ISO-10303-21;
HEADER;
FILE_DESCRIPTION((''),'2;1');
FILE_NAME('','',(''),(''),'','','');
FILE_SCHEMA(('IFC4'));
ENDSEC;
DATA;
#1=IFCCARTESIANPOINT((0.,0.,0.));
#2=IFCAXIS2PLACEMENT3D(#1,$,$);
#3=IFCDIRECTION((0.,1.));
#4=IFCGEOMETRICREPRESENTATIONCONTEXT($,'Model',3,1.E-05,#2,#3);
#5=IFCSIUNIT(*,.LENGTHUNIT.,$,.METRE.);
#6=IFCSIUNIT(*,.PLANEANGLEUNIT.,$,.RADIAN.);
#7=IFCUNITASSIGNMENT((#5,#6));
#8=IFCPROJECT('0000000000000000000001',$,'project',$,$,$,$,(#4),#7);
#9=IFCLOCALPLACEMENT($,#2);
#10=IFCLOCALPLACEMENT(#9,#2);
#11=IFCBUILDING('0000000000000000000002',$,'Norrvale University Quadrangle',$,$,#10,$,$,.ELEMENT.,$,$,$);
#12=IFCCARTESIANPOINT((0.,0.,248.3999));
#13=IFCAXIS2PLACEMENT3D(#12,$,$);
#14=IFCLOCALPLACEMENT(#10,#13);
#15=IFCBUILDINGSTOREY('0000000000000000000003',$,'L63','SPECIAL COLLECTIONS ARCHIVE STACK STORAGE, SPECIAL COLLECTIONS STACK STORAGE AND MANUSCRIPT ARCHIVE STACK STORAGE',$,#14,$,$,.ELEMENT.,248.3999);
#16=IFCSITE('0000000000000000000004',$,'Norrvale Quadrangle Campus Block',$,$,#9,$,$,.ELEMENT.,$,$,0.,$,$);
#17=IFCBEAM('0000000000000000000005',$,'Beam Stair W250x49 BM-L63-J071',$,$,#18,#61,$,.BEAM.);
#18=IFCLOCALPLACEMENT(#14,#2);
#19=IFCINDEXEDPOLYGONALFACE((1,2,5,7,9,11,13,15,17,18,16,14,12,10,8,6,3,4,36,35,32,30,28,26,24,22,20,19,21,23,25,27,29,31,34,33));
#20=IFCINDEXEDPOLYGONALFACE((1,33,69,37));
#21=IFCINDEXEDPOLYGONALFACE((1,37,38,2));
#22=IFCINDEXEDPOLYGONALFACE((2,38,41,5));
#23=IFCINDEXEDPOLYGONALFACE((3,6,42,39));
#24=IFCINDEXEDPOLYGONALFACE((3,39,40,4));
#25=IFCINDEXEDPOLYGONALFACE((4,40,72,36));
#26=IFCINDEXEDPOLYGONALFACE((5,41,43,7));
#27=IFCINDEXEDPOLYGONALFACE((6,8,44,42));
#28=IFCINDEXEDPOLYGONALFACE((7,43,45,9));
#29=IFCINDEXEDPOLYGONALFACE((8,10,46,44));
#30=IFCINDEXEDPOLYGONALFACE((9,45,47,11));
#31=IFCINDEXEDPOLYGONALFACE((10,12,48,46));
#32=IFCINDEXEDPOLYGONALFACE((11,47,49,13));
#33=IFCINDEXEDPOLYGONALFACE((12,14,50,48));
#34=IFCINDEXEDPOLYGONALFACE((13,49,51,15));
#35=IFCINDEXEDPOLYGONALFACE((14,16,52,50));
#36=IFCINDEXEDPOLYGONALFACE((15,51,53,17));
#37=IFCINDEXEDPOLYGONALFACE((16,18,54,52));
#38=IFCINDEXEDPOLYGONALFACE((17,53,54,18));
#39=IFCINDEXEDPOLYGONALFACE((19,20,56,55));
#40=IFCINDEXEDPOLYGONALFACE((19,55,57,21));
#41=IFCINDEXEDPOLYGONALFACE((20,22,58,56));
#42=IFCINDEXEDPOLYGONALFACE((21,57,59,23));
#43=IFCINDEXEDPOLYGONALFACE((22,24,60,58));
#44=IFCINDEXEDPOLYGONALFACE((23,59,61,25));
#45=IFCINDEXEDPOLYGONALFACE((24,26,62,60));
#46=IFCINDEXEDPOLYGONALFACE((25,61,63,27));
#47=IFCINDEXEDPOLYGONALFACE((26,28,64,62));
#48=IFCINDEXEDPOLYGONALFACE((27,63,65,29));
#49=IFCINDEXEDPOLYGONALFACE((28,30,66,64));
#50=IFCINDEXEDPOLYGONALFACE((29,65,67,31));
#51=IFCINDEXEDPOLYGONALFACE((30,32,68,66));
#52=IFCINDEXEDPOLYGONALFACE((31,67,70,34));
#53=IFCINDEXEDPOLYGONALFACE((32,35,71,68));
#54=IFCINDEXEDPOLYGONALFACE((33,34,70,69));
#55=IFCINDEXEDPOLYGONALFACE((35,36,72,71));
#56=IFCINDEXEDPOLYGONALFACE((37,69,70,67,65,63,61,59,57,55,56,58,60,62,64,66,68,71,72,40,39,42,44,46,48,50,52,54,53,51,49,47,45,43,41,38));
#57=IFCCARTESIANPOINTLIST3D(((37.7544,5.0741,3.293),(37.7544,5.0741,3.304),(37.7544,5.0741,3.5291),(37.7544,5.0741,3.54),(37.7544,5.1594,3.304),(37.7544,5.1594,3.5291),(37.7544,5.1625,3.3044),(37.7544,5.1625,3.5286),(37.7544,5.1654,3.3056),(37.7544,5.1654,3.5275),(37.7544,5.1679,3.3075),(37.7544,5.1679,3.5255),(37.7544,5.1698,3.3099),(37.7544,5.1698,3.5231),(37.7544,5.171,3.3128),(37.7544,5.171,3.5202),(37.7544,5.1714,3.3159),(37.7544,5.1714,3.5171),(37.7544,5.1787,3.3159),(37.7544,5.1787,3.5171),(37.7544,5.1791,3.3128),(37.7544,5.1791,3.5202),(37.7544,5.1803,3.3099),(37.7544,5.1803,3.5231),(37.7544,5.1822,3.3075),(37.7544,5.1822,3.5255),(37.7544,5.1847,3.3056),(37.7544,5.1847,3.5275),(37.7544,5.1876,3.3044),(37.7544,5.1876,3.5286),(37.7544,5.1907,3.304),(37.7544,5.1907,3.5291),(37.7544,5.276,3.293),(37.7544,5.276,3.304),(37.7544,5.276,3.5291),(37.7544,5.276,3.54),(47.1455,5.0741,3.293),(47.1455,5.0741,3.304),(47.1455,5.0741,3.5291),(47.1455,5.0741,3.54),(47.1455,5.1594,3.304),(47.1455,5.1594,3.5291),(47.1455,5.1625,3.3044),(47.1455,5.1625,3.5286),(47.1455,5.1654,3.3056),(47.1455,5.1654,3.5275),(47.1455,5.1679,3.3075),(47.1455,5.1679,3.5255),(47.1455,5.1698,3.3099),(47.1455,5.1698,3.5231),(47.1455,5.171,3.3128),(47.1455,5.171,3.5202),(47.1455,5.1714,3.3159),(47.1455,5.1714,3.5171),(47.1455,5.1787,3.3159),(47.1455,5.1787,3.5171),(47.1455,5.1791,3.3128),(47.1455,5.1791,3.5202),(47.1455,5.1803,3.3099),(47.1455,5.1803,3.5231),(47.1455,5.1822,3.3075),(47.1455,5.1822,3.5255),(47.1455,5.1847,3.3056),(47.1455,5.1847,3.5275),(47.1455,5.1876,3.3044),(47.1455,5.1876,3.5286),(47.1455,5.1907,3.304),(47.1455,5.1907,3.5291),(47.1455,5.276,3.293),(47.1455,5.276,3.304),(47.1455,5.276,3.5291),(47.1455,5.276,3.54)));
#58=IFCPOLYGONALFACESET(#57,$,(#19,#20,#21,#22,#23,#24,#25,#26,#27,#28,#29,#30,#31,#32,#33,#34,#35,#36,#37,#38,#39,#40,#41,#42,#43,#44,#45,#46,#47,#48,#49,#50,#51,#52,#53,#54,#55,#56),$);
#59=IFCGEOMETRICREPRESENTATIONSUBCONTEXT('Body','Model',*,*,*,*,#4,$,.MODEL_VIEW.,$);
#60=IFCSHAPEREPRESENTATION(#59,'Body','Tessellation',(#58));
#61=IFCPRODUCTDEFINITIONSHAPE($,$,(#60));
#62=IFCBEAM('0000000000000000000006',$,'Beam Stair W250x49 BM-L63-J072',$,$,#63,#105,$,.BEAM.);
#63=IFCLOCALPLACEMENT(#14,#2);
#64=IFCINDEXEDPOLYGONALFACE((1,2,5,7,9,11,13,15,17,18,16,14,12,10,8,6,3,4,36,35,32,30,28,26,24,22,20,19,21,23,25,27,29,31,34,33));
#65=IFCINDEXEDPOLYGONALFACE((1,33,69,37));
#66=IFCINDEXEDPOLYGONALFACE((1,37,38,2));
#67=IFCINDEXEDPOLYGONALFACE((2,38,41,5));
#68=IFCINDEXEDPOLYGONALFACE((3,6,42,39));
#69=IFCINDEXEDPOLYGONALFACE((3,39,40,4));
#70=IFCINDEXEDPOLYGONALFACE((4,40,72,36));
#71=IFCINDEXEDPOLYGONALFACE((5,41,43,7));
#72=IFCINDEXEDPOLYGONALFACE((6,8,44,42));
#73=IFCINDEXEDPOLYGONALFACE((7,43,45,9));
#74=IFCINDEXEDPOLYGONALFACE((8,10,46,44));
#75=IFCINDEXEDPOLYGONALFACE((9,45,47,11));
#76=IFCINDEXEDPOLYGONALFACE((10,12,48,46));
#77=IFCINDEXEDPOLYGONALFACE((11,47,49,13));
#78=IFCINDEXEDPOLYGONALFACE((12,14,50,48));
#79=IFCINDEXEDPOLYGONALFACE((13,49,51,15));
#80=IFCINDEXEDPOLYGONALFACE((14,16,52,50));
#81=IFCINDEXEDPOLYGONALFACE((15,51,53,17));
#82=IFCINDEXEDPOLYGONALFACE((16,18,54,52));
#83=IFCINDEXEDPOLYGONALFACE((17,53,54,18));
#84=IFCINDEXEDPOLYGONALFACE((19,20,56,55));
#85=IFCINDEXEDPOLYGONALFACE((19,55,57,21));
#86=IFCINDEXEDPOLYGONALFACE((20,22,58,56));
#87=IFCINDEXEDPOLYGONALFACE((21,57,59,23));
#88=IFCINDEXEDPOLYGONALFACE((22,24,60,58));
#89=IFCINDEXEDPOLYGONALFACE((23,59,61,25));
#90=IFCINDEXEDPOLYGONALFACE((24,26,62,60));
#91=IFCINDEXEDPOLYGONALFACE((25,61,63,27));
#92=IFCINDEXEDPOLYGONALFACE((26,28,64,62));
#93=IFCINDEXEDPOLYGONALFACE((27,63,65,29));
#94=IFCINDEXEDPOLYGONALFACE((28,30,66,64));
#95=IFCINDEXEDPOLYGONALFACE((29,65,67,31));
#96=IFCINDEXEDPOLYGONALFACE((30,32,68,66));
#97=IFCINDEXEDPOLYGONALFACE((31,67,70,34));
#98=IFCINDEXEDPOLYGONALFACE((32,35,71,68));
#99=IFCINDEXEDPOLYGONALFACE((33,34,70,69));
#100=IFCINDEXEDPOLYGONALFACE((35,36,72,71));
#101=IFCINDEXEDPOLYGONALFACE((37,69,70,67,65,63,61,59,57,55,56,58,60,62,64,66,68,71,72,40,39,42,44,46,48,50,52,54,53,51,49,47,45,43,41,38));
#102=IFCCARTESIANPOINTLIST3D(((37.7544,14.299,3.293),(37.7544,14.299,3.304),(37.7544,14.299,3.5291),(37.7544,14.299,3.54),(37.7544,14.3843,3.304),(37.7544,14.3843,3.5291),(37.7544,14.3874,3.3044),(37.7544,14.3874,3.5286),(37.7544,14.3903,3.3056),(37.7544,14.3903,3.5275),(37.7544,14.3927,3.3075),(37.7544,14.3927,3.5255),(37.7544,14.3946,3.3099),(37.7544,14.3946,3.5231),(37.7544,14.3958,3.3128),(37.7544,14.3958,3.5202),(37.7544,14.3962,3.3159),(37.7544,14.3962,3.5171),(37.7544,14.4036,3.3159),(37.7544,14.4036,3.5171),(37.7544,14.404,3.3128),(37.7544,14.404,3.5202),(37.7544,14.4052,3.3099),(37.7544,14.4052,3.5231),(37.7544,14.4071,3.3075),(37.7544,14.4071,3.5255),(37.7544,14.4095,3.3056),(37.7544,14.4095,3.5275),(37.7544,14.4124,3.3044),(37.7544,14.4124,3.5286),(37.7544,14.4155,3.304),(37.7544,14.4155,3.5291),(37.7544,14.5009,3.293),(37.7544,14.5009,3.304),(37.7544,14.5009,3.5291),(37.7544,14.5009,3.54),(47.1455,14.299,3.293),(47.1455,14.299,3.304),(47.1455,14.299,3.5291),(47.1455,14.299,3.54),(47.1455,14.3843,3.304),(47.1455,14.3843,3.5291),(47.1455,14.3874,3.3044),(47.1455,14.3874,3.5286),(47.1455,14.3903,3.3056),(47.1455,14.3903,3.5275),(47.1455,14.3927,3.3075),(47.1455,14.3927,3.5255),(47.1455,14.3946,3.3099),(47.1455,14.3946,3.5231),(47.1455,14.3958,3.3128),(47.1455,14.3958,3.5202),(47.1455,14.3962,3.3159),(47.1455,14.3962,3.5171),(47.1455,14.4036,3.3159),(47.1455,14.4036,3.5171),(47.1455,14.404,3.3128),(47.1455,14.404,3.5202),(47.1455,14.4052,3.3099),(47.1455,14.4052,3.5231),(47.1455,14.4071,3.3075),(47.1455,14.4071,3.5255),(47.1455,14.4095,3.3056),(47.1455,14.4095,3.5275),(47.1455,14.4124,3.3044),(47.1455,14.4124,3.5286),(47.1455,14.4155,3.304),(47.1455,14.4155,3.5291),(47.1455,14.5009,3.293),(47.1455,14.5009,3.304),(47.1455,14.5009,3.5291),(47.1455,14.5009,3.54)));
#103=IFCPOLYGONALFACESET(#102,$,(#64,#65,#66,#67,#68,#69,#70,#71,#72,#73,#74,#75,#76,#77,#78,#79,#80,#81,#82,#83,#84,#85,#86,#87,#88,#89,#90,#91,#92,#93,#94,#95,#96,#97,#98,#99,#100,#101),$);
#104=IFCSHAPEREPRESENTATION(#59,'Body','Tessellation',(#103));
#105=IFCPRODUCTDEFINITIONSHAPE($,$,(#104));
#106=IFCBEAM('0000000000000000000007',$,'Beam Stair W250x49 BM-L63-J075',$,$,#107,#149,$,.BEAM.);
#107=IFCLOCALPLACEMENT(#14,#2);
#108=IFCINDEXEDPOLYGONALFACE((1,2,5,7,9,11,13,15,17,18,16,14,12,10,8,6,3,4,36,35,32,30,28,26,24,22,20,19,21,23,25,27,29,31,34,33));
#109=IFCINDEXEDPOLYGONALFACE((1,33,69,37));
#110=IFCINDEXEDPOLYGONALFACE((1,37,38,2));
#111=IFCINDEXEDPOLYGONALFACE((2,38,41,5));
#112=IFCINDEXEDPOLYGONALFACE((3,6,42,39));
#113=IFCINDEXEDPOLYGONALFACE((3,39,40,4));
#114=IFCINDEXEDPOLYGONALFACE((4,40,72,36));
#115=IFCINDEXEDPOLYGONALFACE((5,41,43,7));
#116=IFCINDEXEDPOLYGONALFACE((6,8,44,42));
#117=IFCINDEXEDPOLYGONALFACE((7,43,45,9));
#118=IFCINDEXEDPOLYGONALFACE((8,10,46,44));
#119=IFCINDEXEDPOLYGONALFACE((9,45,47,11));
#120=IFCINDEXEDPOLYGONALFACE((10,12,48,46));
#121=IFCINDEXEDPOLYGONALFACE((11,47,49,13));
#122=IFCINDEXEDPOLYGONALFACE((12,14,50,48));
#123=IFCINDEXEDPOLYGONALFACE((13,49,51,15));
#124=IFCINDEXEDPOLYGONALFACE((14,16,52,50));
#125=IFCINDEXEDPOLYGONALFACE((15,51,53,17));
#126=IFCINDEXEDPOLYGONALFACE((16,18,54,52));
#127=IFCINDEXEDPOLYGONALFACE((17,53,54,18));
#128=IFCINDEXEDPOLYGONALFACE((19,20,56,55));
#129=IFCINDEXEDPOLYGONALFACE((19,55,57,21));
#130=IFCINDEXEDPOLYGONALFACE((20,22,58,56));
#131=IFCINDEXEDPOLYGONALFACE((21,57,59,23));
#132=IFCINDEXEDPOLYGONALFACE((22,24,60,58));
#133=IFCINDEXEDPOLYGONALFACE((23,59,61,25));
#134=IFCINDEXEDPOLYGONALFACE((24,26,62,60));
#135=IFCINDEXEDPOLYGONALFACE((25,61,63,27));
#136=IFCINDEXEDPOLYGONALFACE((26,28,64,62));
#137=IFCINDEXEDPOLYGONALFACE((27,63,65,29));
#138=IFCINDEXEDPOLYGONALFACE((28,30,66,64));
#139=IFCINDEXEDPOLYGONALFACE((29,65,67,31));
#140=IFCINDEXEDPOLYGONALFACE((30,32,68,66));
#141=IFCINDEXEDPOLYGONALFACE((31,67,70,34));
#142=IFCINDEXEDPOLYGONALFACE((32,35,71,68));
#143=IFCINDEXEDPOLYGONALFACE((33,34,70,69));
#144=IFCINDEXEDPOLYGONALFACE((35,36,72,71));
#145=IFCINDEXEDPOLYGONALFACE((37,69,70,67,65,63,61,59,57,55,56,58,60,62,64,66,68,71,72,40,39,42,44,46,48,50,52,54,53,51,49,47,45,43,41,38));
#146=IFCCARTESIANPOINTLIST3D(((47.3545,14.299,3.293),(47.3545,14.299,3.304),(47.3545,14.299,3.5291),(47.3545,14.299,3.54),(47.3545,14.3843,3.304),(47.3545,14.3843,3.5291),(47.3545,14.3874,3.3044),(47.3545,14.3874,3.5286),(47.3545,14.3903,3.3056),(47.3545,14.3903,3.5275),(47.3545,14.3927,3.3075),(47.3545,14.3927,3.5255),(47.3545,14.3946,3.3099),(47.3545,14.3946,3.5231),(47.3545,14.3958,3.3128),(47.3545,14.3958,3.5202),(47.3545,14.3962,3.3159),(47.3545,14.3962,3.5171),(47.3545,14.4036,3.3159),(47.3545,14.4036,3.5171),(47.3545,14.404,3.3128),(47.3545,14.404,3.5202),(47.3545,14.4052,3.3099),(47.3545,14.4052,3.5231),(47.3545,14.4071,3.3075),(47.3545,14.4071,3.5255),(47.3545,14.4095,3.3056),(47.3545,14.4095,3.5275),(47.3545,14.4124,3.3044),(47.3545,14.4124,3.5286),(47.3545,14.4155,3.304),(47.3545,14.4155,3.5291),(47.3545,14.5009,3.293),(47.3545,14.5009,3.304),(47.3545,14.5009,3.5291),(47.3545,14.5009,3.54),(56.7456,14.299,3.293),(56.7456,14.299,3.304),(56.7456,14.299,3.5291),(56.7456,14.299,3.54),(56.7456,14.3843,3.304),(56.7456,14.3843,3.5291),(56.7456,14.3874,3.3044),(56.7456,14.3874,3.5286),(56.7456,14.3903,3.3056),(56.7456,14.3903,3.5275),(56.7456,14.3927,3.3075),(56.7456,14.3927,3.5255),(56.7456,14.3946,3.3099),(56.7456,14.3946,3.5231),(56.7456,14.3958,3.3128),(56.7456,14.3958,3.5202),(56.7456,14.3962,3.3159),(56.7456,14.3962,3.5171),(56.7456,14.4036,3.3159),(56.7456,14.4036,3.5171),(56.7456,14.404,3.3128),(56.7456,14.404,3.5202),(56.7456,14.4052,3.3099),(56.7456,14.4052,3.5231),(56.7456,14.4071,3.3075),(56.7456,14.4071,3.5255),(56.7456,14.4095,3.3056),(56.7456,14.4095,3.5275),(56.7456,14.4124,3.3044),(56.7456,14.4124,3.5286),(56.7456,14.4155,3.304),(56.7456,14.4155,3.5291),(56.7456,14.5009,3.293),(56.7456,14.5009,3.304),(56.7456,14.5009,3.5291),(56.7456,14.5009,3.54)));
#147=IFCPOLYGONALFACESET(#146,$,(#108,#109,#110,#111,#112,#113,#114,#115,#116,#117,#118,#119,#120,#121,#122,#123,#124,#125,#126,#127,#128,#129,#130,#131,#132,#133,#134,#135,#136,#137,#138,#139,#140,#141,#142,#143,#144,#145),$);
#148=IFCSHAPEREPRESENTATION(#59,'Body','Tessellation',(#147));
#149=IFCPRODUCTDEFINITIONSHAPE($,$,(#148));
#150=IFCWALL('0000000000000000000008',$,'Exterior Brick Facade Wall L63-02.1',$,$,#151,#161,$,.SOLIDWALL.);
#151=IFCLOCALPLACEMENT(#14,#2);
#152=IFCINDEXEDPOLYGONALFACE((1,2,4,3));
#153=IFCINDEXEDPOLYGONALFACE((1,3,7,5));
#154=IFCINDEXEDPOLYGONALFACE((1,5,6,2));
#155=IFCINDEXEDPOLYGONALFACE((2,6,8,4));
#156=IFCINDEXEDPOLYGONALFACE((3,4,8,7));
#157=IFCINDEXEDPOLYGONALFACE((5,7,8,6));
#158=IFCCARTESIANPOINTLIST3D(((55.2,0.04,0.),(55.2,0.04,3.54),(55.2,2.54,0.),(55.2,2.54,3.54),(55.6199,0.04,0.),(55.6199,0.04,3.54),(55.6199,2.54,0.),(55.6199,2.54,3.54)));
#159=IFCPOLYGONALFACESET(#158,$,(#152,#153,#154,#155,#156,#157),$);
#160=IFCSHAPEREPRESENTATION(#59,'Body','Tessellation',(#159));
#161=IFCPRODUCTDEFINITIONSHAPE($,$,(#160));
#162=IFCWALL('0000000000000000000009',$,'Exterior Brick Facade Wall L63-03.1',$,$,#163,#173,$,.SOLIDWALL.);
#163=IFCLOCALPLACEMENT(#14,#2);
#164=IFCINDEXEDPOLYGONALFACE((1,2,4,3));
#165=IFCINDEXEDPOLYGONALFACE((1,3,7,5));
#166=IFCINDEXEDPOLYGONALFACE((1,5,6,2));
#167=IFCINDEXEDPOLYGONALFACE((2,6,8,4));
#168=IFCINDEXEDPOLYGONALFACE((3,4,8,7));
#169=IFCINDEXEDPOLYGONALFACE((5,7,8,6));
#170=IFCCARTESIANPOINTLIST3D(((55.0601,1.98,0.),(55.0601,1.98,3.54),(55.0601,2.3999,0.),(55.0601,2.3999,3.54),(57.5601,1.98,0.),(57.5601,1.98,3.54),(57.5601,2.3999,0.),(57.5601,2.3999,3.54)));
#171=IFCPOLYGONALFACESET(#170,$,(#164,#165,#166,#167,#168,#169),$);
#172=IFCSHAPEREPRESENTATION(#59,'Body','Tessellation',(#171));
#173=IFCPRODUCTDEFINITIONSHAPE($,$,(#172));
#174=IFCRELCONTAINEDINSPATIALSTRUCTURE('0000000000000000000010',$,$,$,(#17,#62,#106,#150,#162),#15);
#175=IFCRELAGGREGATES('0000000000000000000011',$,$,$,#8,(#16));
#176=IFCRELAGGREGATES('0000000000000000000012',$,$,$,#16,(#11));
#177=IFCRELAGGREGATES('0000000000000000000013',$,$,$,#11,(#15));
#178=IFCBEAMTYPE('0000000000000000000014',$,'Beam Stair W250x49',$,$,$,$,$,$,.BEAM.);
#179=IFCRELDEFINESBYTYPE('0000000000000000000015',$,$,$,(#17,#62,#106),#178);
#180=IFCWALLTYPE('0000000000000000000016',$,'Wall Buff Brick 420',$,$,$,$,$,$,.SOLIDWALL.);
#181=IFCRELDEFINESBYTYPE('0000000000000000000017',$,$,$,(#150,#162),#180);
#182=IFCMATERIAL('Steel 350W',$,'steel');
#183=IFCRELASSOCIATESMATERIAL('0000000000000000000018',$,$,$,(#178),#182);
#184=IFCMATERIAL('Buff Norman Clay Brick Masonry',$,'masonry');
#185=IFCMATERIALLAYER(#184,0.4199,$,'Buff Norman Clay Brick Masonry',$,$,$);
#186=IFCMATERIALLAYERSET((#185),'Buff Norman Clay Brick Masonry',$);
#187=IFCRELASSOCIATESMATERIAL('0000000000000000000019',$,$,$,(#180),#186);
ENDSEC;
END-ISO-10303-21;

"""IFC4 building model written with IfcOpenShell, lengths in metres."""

from ifc_helpers import new_model, si_unit, direction, frame, frame_2d, origin, origin_2d, place, context, subcontext, project, spatial, rectangle, i_section, extrude, material, layer, layer_set, material_profile, profile_set, type_object, element, save


model = new_model("IFC4")

# Units and contexts
model_context = context("Model", 3, precision=1e-05, world=origin(), true_north=direction((0.0, 1.0)))
body_context = subcontext(model_context, "Body", "Model", "MODEL_VIEW")
ifc_project = project(units=[si_unit("LENGTHUNIT", "METRE"), si_unit("PLANEANGLEUNIT", "RADIAN")], contexts=[model_context])

# Site, building, storey
site_placement = place(None, origin())
site = spatial("IfcSite", under=ifc_project, at=site_placement, Name="Norrvale Quadrangle Campus Block", CompositionType="ELEMENT", RefElevation=0.0)
building_placement = place(site_placement, origin())
building = spatial("IfcBuilding", under=site, at=building_placement, Name="Norrvale University Quadrangle", CompositionType="ELEMENT")
storey_placement = place(building_placement, frame((0.0, 0.0, 248.3999)))
storey = spatial("IfcBuildingStorey", under=building, at=storey_placement, Name="L63", Description="SPECIAL COLLECTIONS ARCHIVE STACK STORAGE, SPECIAL COLLECTIONS STACK STORAGE AND MANUSCRIPT ARCHIVE STACK STORAGE", CompositionType="ELEMENT", Elevation=248.3999)

# Beams
ifc_material_1 = material(Name="Steel 350W", Category="steel")
ifc_material_profile_1 = material_profile(ifc_material_1, i_section(OverallWidth=0.2019, OverallDepth=0.2471, WebThickness=0.0073, FlangeThickness=0.011, FilletRadius=0.012, at=origin_2d()), Name="Steel 350W")
ifc_profile_set_1 = profile_set([ifc_material_profile_1], Name="Steel 350W")
beam_type_1 = type_object("IfcBeamType", Name="Beam Stair W250x49", PredefinedType="BEAM", material=ifc_profile_set_1)
for number, where, z_axis, x_axis, name in (
    (1, (37.7544, 5.175, 3.4165), (1.0, 0.0, 0.0), (0.0, 1.0, 0.0), "Beam Stair W250x49 BM-L63-J071"),
    (2, (37.7544, 14.3999, 3.4165), (1.0, 0.0, 0.0), (0.0, 1.0, 0.0), "Beam Stair W250x49 BM-L63-J072"),
    (3, (47.3545, 14.3999, 3.4165), (1.0, 0.0, 0.0), (0.0, 1.0, 0.0), "Beam Stair W250x49 BM-L63-J075"),
):
    element("IfcBeam", number, at=place(storey_placement, frame(where, z_axis=z_axis, x_axis=x_axis)), inside=storey, type_object=beam_type_1, Name=name, PredefinedType="BEAM", context=body_context, shape_type="SweptSolid", body=[
        extrude(i_section(OverallWidth=0.2019, OverallDepth=0.2471, WebThickness=0.0073, FlangeThickness=0.011, FilletRadius=0.012, at=origin_2d()), origin(), (0.0, 0.0, 1.0), 9.3911),
    ])

# Walls
ifc_material_2 = material(Name="Buff Norman Clay Brick Masonry", Category="masonry")
ifc_layer_1 = layer(ifc_material_2, 0.4199, Name="Buff Norman Clay Brick Masonry")
ifc_layer_set_1 = layer_set([ifc_layer_1], Name="Buff Norman Clay Brick Masonry")
wall_type_1 = type_object("IfcWallType", Name="Wall Buff Brick 420", PredefinedType="SOLIDWALL", material=ifc_layer_set_1)
for number, where, z_axis, x_axis, name in (
    (4, (55.4099, 0.04, 0.0), (0.0, 0.0, 1.0), (0.0, 1.0, 0.0), "Exterior Brick Facade Wall L63-02.1"),
    (5, (55.0601, 2.1899, 0.0), (0.0, 0.0, 1.0), (1.0, 0.0, 0.0), "Exterior Brick Facade Wall L63-03.1"),
):
    element("IfcWall", number, at=place(storey_placement, frame(where, z_axis=z_axis, x_axis=x_axis)), inside=storey, type_object=wall_type_1, Name=name, PredefinedType="SOLIDWALL", context=body_context, shape_type="SweptSolid", body=[
        extrude(rectangle(XDim=2.5, YDim=0.4199, at=frame_2d((1.25, 0.0))), origin(), (0.0, 0.0, 1.0), 3.54),
    ])

save(model, "model.ifc")
